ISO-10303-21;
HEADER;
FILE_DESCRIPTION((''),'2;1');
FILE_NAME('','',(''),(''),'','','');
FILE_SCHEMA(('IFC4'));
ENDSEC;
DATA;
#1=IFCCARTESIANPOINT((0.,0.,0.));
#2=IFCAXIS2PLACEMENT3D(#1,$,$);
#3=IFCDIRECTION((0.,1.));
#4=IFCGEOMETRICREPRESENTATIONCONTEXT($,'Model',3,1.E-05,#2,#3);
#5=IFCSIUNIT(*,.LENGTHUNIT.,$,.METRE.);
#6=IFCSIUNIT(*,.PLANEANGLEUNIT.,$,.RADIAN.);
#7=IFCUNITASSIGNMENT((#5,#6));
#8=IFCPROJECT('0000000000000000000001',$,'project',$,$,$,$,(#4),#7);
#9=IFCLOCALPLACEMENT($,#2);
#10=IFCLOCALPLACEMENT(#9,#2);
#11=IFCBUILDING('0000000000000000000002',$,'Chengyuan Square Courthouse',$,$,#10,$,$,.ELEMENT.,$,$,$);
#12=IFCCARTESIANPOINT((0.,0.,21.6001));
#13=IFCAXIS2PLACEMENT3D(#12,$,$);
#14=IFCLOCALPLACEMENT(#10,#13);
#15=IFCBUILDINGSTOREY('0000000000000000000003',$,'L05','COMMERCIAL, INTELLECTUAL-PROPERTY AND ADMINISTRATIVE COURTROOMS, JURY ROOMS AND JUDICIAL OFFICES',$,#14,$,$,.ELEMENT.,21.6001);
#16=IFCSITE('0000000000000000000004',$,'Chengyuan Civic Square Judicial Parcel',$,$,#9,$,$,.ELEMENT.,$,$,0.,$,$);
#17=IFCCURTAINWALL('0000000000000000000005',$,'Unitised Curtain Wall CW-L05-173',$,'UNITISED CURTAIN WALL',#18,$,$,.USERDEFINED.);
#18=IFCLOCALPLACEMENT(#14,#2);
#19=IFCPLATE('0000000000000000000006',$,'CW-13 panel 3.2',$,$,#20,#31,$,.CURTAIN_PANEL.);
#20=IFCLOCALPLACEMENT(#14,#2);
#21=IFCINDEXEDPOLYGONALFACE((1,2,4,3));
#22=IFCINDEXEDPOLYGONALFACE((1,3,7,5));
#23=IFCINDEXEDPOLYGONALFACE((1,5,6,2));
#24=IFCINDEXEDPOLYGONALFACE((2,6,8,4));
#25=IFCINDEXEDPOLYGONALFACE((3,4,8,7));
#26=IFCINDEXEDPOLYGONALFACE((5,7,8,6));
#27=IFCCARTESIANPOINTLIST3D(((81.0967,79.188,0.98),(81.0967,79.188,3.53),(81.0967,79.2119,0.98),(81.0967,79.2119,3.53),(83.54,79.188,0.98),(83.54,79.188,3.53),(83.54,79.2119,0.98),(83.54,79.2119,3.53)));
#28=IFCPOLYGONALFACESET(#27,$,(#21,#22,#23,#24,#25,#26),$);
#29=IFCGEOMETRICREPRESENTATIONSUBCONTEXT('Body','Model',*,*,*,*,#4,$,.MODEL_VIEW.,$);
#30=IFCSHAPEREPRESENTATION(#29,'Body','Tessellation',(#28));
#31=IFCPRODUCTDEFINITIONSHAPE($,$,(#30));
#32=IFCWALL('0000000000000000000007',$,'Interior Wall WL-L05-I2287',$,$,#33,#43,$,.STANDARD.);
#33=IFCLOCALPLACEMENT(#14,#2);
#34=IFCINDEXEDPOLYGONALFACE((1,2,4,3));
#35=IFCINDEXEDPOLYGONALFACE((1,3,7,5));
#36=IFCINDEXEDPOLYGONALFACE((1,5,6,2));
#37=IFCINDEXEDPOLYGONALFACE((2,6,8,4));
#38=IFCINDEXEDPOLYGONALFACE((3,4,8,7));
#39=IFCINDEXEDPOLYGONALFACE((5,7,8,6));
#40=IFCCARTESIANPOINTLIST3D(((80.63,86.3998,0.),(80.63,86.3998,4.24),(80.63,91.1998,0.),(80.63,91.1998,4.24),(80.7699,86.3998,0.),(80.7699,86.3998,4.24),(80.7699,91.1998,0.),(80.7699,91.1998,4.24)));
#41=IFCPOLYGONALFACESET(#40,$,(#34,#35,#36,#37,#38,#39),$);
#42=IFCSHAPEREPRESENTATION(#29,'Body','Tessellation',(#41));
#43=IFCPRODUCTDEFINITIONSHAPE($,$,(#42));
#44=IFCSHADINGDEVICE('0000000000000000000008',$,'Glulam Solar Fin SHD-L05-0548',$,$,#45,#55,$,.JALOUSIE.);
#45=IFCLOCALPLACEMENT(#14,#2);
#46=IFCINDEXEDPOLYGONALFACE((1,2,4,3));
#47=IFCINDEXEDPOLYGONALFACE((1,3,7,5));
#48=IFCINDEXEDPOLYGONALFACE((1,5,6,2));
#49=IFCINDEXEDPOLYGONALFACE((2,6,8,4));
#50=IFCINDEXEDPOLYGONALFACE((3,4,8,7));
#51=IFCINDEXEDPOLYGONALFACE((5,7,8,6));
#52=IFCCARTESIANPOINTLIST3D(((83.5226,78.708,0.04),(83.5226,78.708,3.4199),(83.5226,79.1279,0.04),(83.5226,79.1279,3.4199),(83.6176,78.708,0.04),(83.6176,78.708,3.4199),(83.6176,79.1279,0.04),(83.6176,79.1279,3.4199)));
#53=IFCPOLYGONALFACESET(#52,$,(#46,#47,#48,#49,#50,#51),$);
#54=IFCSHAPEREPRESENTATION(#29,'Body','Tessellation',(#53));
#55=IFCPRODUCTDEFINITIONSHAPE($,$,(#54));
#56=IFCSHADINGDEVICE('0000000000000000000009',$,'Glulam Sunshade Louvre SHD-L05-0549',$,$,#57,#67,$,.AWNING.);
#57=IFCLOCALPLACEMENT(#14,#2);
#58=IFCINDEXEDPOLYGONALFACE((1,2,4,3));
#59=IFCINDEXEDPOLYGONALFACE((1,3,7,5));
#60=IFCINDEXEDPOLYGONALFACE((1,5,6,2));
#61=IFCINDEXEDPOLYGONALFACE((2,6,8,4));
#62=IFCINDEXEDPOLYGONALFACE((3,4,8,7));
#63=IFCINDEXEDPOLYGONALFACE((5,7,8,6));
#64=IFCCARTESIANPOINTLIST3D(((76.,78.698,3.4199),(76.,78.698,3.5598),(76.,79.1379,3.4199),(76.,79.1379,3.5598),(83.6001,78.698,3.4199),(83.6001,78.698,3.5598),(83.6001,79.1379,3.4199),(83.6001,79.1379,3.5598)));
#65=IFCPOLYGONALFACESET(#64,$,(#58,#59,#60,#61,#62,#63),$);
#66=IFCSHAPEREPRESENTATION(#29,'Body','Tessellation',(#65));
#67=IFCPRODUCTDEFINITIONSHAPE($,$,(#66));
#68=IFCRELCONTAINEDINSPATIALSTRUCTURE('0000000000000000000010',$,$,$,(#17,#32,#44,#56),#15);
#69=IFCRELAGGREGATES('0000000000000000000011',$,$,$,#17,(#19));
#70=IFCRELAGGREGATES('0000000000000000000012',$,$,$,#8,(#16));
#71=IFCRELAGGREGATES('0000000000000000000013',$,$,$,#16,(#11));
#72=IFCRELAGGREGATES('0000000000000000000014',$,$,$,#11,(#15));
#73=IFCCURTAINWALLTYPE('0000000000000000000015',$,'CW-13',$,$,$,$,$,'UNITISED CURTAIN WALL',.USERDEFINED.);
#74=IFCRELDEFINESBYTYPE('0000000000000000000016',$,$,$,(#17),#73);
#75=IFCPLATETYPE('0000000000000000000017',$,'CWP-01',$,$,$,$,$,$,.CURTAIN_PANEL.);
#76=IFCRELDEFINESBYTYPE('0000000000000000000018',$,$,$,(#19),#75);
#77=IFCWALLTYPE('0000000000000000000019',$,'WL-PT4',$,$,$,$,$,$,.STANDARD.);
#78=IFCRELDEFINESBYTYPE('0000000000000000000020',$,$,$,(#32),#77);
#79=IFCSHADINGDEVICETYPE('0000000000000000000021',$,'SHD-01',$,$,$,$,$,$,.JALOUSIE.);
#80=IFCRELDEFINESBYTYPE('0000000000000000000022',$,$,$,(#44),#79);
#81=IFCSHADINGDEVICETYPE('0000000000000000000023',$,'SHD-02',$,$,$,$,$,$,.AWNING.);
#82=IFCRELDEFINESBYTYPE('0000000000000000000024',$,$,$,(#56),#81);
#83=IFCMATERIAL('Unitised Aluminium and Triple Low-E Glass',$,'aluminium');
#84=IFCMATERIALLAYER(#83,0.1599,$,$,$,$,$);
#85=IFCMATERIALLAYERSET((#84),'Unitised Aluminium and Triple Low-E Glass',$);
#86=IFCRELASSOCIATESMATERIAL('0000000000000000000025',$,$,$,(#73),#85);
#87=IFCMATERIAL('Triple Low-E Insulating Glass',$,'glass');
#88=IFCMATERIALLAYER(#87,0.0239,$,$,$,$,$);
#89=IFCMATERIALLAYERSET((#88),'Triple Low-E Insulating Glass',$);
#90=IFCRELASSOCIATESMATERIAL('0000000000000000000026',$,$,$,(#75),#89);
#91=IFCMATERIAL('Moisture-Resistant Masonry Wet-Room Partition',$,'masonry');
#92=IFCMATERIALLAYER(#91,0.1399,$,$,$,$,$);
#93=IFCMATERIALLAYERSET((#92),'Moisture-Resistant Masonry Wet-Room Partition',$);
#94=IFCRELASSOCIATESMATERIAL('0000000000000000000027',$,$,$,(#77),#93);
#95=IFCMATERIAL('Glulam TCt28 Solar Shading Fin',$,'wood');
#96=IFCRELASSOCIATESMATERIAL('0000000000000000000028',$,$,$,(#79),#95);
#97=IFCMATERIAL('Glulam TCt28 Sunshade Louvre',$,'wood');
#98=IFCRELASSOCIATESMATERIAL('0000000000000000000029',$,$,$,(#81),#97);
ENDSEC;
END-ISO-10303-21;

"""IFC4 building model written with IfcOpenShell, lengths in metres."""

from ifc_helpers import new_model, si_unit, direction, frame, frame_2d, origin, origin_2d, place, context, subcontext, project, spatial, rectangle, extrude, material, layer, layer_set, type_object, element, aggregate, save


model = new_model("IFC4")

# Units and contexts
model_context = context("Model", 3, precision=1e-05, world=origin(), true_north=direction((0.0, 1.0)))
body_context = subcontext(model_context, "Body", "Model", "MODEL_VIEW")
ifc_project = project(units=[si_unit("LENGTHUNIT", "METRE"), si_unit("PLANEANGLEUNIT", "RADIAN")], contexts=[model_context])

# Site, building, storey
site_placement = place(None, origin())
site = spatial("IfcSite", under=ifc_project, at=site_placement, Name="Chengyuan Civic Square Judicial Parcel", CompositionType="ELEMENT", RefElevation=0.0)
building_placement = place(site_placement, origin())
building = spatial("IfcBuilding", under=site, at=building_placement, Name="Chengyuan Square Courthouse", CompositionType="ELEMENT")
storey_placement = place(building_placement, frame((0.0, 0.0, 21.6001)))
storey = spatial("IfcBuildingStorey", under=building, at=storey_placement, Name="L05", Description="COMMERCIAL, INTELLECTUAL-PROPERTY AND ADMINISTRATIVE COURTROOMS, JURY ROOMS AND JUDICIAL OFFICES", CompositionType="ELEMENT", Elevation=21.6001)

# Curtain wall, plate
ifc_material_1 = material(Name="Unitised Aluminium and Triple Low-E Glass", Category="aluminium")
ifc_layer_1 = layer(ifc_material_1, 0.1599)
ifc_layer_set_1 = layer_set([ifc_layer_1], Name="Unitised Aluminium and Triple Low-E Glass")
curtain_wall_type = type_object("IfcCurtainWallType", Name="CW-13", ElementType="UNITISED CURTAIN WALL", PredefinedType="USERDEFINED", material=ifc_layer_set_1)
curtain_wall_placement = place(storey_placement, origin())
curtain_wall = element("IfcCurtainWall", 1, at=curtain_wall_placement, inside=storey, type_object=curtain_wall_type, Name="Unitised Curtain Wall CW-L05-173", ObjectType="UNITISED CURTAIN WALL", PredefinedType="USERDEFINED")
ifc_material_2 = material(Name="Triple Low-E Insulating Glass", Category="glass")
ifc_layer_2 = layer(ifc_material_2, 0.0239)
ifc_layer_set_2 = layer_set([ifc_layer_2], Name="Triple Low-E Insulating Glass")
plate_type = type_object("IfcPlateType", Name="CWP-01", PredefinedType="CURTAIN_PANEL", material=ifc_layer_set_2)
plate_1_placement = place(storey_placement, frame((82.3184, 79.2, 0.98), z_axis=(0.0, 0.0, 1.0), x_axis=(1.0, 0.0, 0.0)))
plate_1 = element("IfcPlate", 2, at=plate_1_placement, type_object=plate_type, Name="CW-13 panel 3.2", PredefinedType="CURTAIN_PANEL", context=body_context, shape_type="SweptSolid", body=[
    extrude(rectangle(XDim=2.4434, YDim=0.0239, at=origin_2d()), origin(), (0.0, 0.0, 1.0), 2.55),
])
aggregate(curtain_wall, [plate_1])

# Wall
ifc_material_3 = material(Name="Moisture-Resistant Masonry Wet-Room Partition", Category="masonry")
ifc_layer_3 = layer(ifc_material_3, 0.1399)
ifc_layer_set_3 = layer_set([ifc_layer_3], Name="Moisture-Resistant Masonry Wet-Room Partition")
wall_type = type_object("IfcWallType", Name="WL-PT4", PredefinedType="STANDARD", material=ifc_layer_set_3)
wall_placement = place(storey_placement, frame((80.7, 86.3999, 0.0), z_axis=(0.0, 0.0, 1.0), x_axis=(0.0, 1.0, 0.0)))
element("IfcWall", 3, at=wall_placement, inside=storey, type_object=wall_type, Name="Interior Wall WL-L05-I2287", PredefinedType="STANDARD", context=body_context, shape_type="SweptSolid", body=[
    extrude(rectangle(XDim=4.8, YDim=0.1399, at=frame_2d((2.3999, 0.0))), origin(), (0.0, 0.0, 1.0), 4.24),
])

# Shading devices
ifc_material_4 = material(Name="Glulam TCt28 Solar Shading Fin", Category="wood")
shading_device_type_1 = type_object("IfcShadingDeviceType", Name="SHD-01", PredefinedType="JALOUSIE", material=ifc_material_4)
shading_device_1_placement = place(storey_placement, frame((83.5701, 78.918, 0.04), z_axis=(0.0, 0.0, 1.0), x_axis=(0.0, 1.0, 0.0)))
element("IfcShadingDevice", 4, at=shading_device_1_placement, inside=storey, type_object=shading_device_type_1, Name="Glulam Solar Fin SHD-L05-0548", PredefinedType="JALOUSIE", context=body_context, shape_type="SweptSolid", body=[
    extrude(rectangle(XDim=0.4199, YDim=0.095, at=origin_2d()), origin(), (0.0, 0.0, 1.0), 3.3799),
])
ifc_material_5 = material(Name="Glulam TCt28 Sunshade Louvre", Category="wood")
shading_device_type_2 = type_object("IfcShadingDeviceType", Name="SHD-02", PredefinedType="AWNING", material=ifc_material_5)
shading_device_2_placement = place(storey_placement, frame((79.8, 78.918, 3.4199), z_axis=(0.0, 0.0, 1.0), x_axis=(1.0, 0.0, 0.0)))
element("IfcShadingDevice", 5, at=shading_device_2_placement, inside=storey, type_object=shading_device_type_2, Name="Glulam Sunshade Louvre SHD-L05-0549", PredefinedType="AWNING", context=body_context, shape_type="SweptSolid", body=[
    extrude(rectangle(XDim=7.6001, YDim=0.4399, at=origin_2d()), origin(), (0.0, 0.0, 1.0), 0.1399),
])

save(model, "model.ifc")
